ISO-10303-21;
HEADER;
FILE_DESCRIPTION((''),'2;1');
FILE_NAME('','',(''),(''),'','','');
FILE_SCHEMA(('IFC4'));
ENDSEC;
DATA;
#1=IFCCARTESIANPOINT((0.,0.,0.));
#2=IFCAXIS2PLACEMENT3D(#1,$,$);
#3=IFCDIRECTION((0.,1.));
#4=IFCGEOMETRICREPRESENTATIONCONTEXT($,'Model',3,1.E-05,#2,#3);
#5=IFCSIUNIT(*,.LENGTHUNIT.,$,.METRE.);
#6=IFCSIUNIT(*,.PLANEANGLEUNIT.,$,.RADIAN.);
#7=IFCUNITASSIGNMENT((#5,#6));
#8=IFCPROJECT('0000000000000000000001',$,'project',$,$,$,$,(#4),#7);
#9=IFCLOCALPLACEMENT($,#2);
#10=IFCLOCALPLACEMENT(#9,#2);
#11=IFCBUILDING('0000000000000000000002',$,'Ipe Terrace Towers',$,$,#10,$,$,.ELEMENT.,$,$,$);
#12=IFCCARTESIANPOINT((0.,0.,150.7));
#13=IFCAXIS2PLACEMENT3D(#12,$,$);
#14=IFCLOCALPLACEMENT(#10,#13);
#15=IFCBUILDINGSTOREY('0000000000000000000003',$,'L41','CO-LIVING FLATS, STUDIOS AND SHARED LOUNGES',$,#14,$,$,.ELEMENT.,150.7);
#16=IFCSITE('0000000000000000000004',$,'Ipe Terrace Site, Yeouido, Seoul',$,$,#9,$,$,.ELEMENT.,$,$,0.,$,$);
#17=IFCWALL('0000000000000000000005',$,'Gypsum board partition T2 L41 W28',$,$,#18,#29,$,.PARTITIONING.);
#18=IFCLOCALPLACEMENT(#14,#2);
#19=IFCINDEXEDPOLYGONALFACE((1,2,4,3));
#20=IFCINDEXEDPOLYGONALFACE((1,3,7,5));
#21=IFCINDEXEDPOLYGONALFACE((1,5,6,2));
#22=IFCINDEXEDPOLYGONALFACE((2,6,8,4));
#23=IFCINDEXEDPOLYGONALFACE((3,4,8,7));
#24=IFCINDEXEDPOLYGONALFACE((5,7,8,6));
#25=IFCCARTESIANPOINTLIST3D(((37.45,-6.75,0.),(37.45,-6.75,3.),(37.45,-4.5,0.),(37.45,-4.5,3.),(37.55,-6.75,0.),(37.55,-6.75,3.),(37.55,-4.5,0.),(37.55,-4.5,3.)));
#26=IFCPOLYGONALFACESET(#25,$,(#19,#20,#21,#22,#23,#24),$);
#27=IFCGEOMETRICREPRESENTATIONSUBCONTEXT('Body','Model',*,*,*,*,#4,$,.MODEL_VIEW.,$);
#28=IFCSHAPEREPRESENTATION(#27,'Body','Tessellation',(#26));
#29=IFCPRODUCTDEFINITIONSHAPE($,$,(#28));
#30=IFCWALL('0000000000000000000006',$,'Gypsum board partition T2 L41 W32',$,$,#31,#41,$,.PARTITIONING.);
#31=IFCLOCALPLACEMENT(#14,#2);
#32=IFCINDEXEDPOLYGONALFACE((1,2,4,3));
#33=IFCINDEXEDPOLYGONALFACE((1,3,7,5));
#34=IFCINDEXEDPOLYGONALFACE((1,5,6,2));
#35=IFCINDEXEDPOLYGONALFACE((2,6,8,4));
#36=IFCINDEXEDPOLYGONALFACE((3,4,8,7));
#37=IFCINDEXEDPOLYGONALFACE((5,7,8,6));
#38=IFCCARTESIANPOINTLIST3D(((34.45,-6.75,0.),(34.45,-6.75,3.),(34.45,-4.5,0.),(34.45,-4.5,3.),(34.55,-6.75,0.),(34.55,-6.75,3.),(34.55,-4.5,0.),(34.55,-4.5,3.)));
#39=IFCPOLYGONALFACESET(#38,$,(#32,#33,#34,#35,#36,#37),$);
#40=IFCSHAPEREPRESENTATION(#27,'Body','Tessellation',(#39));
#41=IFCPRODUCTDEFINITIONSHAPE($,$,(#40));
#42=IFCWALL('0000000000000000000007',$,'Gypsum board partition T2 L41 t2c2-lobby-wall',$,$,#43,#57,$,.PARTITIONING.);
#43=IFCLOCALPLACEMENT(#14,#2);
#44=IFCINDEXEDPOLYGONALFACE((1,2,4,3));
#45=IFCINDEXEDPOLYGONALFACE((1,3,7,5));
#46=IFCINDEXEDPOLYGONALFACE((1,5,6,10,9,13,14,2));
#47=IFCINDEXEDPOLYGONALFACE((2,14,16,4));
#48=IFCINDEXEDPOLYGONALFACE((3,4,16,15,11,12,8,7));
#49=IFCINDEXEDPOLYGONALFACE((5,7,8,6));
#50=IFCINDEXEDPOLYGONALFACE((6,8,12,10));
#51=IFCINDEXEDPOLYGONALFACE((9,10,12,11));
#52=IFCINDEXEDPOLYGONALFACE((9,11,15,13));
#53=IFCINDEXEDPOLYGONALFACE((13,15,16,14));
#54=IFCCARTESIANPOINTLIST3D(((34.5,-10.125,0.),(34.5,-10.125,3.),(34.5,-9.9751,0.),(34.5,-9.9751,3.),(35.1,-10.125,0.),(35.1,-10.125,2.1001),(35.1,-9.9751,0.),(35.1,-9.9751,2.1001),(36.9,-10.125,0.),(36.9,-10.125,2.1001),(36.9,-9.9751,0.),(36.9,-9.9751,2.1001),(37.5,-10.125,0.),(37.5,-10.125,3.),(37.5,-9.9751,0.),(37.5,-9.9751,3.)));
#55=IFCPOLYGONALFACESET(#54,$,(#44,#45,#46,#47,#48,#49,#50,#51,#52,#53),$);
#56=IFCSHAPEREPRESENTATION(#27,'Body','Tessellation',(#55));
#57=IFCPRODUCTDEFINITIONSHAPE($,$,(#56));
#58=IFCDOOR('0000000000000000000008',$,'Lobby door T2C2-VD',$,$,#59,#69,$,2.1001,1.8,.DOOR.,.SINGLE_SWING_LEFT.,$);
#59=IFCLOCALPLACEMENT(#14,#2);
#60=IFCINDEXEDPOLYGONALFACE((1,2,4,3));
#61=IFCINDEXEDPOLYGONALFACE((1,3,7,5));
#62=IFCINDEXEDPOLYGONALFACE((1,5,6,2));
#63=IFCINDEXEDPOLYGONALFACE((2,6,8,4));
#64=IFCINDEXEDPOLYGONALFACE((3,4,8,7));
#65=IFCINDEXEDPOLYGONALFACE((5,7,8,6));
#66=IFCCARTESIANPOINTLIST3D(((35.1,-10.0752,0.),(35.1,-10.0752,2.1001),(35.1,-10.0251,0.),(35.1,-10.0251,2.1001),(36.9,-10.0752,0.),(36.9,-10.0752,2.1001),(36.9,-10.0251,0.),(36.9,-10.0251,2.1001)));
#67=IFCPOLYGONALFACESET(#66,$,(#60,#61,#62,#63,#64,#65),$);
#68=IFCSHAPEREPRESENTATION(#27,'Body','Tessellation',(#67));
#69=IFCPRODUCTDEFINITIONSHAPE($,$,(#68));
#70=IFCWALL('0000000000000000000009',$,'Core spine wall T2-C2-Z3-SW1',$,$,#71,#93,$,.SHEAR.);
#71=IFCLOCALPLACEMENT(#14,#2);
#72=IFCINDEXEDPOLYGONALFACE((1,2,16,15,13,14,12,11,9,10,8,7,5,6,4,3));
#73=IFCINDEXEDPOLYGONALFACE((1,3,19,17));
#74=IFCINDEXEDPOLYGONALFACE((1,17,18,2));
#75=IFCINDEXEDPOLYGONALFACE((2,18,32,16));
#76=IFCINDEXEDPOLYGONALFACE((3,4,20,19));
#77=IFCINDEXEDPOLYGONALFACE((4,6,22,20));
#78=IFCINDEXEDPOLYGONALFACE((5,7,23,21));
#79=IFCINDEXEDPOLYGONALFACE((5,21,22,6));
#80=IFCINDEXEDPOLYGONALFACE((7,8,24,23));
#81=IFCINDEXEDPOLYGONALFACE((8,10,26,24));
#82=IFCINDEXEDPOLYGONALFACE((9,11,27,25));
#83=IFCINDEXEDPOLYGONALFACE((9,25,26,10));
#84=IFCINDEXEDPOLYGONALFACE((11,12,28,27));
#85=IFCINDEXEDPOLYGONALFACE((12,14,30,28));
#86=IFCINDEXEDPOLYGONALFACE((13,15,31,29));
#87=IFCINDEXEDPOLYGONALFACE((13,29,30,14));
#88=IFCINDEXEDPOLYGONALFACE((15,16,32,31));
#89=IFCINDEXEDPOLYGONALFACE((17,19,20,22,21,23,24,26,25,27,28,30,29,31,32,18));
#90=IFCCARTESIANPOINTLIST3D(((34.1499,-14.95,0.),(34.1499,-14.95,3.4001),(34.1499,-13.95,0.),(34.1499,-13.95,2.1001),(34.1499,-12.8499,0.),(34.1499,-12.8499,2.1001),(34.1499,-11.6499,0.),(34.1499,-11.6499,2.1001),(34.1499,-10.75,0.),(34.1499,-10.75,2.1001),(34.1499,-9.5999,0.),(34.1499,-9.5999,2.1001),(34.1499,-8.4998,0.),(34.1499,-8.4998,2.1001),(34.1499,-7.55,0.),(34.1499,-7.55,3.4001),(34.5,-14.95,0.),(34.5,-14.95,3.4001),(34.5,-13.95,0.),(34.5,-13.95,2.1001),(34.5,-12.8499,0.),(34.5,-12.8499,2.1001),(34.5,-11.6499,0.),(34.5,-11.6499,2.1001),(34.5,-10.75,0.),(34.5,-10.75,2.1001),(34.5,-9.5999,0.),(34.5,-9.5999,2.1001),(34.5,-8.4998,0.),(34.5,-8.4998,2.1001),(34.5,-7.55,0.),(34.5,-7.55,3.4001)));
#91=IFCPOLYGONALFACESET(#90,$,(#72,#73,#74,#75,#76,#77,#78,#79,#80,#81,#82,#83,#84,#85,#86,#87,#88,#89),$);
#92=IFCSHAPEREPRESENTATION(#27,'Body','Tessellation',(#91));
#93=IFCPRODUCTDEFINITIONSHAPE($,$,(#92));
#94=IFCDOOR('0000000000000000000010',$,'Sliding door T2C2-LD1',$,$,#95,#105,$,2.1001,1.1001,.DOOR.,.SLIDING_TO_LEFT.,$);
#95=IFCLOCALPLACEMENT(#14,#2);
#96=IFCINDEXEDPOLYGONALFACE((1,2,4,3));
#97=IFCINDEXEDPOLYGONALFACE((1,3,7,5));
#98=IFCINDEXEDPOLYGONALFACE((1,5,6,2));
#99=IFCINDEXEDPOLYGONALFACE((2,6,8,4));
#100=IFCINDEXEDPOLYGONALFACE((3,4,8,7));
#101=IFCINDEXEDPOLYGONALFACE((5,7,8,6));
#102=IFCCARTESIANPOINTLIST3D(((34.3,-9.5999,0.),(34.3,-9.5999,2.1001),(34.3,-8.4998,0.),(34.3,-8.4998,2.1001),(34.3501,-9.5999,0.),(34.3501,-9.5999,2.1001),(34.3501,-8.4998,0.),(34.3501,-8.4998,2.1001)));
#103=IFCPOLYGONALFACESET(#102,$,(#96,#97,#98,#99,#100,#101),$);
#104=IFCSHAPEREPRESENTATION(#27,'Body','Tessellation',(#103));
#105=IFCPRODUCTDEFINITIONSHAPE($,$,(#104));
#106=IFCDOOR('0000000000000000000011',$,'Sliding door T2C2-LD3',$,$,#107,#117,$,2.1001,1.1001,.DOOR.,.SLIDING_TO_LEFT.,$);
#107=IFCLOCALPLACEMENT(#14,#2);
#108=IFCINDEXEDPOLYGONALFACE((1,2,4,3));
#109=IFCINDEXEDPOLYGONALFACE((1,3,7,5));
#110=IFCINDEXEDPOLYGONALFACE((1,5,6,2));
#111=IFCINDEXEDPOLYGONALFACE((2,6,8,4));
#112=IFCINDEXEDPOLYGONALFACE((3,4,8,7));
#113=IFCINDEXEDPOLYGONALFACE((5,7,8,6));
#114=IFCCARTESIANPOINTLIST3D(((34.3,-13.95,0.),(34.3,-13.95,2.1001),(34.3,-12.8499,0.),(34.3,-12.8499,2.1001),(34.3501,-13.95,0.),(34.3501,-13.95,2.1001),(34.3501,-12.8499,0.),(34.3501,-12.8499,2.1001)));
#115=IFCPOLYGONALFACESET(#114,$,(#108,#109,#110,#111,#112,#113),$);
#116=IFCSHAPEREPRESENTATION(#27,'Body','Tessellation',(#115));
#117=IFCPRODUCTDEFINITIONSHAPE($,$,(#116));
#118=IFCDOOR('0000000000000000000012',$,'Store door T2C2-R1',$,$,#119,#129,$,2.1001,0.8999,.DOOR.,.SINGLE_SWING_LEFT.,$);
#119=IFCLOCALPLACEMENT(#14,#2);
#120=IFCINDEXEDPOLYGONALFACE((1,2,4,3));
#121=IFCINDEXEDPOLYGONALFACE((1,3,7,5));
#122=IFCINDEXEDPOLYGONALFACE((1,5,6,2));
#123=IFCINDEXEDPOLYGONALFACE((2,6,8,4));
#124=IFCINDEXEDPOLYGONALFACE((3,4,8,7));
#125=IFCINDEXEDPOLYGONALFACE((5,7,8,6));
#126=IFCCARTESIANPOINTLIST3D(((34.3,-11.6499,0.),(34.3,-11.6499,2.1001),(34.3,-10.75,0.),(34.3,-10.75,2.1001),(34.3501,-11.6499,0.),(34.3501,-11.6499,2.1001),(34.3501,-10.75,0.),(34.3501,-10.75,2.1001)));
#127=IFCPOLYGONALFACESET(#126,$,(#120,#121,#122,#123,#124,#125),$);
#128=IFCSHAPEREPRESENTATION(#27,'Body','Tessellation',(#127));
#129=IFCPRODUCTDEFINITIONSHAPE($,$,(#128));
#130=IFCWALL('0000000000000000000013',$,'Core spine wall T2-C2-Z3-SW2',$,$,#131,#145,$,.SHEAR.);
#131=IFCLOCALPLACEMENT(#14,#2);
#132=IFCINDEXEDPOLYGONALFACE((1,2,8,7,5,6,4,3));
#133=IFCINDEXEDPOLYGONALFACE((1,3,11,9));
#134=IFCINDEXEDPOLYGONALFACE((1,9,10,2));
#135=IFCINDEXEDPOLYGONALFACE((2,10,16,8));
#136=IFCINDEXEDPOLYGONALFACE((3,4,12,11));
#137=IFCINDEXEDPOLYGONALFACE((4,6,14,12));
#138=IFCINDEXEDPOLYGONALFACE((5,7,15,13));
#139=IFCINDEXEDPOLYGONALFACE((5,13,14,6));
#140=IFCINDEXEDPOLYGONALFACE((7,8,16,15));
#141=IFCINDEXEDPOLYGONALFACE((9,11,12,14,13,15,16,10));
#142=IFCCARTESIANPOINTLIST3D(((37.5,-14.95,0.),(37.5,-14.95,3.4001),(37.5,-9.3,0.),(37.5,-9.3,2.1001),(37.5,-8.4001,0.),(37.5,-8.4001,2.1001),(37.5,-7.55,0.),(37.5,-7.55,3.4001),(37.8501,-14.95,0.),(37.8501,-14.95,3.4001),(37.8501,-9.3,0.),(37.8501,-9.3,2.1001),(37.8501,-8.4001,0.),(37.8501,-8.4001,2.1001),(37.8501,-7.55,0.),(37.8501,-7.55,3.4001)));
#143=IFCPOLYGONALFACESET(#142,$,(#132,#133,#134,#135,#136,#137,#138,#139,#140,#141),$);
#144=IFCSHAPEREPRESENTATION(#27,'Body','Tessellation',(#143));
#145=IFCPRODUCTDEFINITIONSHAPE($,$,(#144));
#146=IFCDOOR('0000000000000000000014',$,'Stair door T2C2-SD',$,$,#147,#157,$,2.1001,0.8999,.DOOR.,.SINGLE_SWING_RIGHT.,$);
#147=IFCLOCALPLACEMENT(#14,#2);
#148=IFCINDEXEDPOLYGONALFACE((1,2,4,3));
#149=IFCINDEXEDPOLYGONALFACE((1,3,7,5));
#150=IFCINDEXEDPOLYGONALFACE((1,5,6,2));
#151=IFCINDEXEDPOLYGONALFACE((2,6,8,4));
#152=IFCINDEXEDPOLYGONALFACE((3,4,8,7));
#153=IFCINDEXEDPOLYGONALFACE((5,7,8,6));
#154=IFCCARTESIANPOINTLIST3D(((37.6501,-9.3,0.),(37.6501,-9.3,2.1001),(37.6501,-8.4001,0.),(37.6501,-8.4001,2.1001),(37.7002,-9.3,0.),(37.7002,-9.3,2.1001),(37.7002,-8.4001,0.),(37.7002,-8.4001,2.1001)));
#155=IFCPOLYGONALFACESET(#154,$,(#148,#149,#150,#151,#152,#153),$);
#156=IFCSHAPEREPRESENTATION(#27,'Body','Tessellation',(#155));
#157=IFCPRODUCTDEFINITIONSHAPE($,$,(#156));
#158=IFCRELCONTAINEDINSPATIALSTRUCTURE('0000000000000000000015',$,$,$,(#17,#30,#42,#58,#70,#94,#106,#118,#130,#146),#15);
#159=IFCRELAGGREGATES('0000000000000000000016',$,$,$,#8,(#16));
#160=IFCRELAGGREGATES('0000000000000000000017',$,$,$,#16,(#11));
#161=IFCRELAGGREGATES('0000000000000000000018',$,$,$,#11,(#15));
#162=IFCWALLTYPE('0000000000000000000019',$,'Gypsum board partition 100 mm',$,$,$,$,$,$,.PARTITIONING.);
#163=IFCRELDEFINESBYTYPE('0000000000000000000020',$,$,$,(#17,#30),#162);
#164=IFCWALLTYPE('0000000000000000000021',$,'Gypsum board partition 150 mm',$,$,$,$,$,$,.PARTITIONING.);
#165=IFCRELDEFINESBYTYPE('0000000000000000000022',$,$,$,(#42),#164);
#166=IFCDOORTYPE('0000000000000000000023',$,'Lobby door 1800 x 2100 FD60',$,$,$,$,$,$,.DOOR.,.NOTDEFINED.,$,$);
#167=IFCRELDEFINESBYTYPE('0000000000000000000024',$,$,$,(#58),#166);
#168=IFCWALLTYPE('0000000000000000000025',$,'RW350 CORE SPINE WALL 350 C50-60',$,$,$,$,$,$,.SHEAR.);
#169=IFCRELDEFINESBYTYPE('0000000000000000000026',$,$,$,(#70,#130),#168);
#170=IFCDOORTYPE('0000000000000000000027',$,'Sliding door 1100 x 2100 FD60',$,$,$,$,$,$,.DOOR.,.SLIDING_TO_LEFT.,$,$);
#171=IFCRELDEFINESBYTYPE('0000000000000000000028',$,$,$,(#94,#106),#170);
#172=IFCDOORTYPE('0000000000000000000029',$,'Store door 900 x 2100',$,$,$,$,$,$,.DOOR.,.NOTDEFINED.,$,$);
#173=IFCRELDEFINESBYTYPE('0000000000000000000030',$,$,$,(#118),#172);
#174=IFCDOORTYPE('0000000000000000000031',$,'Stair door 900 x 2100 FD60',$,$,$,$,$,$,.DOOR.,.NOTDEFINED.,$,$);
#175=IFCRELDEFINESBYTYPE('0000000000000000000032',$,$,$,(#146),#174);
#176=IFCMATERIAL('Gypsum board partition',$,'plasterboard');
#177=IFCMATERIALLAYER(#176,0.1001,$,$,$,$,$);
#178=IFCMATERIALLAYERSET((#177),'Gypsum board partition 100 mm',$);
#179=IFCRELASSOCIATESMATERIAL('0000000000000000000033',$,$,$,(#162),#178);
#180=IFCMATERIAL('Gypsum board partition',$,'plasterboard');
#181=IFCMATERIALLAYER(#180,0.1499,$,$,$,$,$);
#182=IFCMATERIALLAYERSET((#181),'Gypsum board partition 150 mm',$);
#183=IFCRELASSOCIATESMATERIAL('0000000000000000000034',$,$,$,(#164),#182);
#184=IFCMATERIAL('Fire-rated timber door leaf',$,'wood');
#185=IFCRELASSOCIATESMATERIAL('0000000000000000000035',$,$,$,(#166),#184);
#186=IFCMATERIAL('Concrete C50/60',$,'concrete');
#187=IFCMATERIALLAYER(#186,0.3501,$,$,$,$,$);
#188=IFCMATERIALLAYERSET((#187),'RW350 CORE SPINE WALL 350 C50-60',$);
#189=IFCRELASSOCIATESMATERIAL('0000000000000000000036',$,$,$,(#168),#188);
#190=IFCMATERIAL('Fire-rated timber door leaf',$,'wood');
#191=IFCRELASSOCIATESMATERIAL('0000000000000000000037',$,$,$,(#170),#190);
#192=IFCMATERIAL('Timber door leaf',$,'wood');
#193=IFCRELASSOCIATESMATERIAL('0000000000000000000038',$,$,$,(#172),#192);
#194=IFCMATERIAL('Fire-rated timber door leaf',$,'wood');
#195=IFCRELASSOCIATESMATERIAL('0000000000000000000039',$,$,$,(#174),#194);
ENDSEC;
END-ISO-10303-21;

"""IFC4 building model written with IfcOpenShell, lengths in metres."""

from ifc_helpers import new_model, si_unit, direction, frame, frame_2d, origin, place, context, subcontext, project, spatial, rectangle, extrude, material, layer, layer_set, type_object, element, fill, save


model = new_model("IFC4")

# Units and contexts
model_context = context("Model", 3, precision=1e-05, world=origin(), true_north=direction((0.0, 1.0)))
body_context = subcontext(model_context, "Body", "Model", "MODEL_VIEW")
ifc_project = project(units=[si_unit("LENGTHUNIT", "METRE"), si_unit("PLANEANGLEUNIT", "RADIAN")], contexts=[model_context])

# Site, building, storey
site_placement = place(None, origin())
site = spatial("IfcSite", under=ifc_project, at=site_placement, Name="Ipe Terrace Site, Yeouido, Seoul", CompositionType="ELEMENT", RefElevation=0.0)
building_placement = place(site_placement, origin())
building = spatial("IfcBuilding", under=site, at=building_placement, Name="Ipe Terrace Towers", CompositionType="ELEMENT")
storey_placement = place(building_placement, frame((0.0, 0.0, 150.7)))
storey = spatial("IfcBuildingStorey", under=building, at=storey_placement, Name="L41", Description="CO-LIVING FLATS, STUDIOS AND SHARED LOUNGES", CompositionType="ELEMENT", Elevation=150.7)

# Walls
ifc_material_1 = material(Name="Gypsum board partition", Category="plasterboard")
ifc_layer_1 = layer(ifc_material_1, 0.1001)
ifc_layer_set_1 = layer_set([ifc_layer_1], Name="Gypsum board partition 100 mm")
wall_type_1 = type_object("IfcWallType", Name="Gypsum board partition 100 mm", PredefinedType="PARTITIONING", material=ifc_layer_set_1)
for number, where, z_axis, x_axis, name in (
    (1, (37.5, -6.75, 0.0), (0.0, 0.0, 1.0), (0.0, 1.0, 0.0), "Gypsum board partition T2 L41 W28"),
    (2, (34.5, -6.75, 0.0), (0.0, 0.0, 1.0), (0.0, 1.0, 0.0), "Gypsum board partition T2 L41 W32"),
):
    element("IfcWall", number, at=place(storey_placement, frame(where, z_axis=z_axis, x_axis=x_axis)), inside=storey, type_object=wall_type_1, Name=name, PredefinedType="PARTITIONING", context=body_context, shape_type="SweptSolid", body=[
        extrude(rectangle(XDim=2.25, YDim=0.1001, at=frame_2d((1.125, 0.0))), origin(), (0.0, 0.0, 1.0), 3.0),
    ])

# Wall, opening, door
ifc_material_2 = material(Name="Gypsum board partition", Category="plasterboard")
ifc_layer_2 = layer(ifc_material_2, 0.1499)
ifc_layer_set_2 = layer_set([ifc_layer_2], Name="Gypsum board partition 150 mm")
wall_type_2 = type_object("IfcWallType", Name="Gypsum board partition 150 mm", PredefinedType="PARTITIONING", material=ifc_layer_set_2)
wall_1_placement = place(storey_placement, frame((34.5, -10.05, 0.0), z_axis=(0.0, 0.0, 1.0), x_axis=(1.0, 0.0, 0.0)))
wall_1 = element("IfcWall", 3, at=wall_1_placement, inside=storey, type_object=wall_type_2, Name="Gypsum board partition T2 L41 t2c2-lobby-wall", PredefinedType="PARTITIONING", context=body_context, shape_type="SweptSolid", body=[
    extrude(rectangle(XDim=3.0, YDim=0.1499, at=frame_2d((1.5, 0.0))), origin(), (0.0, 0.0, 1.0), 3.0),
])
opening_1_placement = place(wall_1_placement, frame((0.6001, 0.0, 0.0)))
opening_1 = element("IfcOpeningElement", 4, at=opening_1_placement, cuts=wall_1, PredefinedType="OPENING", context=body_context, shape_type="SweptSolid", body=[
    extrude(rectangle(XDim=1.8, YDim=2.1001, at=frame_2d((0.8999, 1.05))), frame((0.0, 0.085, 0.0), z_axis=(0.0, -1.0, 0.0), x_axis=(1.0, 0.0, 0.0)), (0.0, 0.0, 1.0), 0.1699),
])
ifc_material_3 = material(Name="Fire-rated timber door leaf", Category="wood")
door_type_1 = type_object("IfcDoorType", Name="Lobby door 1800 x 2100 FD60", OperationType="NOTDEFINED", PredefinedType="DOOR", material=ifc_material_3)
door_1_placement = place(opening_1_placement, origin())
door_1 = element("IfcDoor", 5, at=door_1_placement, inside=storey, type_object=door_type_1, Name="Lobby door T2C2-VD", OperationType="SINGLE_SWING_LEFT", OverallHeight=2.1001, OverallWidth=1.8, PredefinedType="DOOR", context=body_context, shape_type="SweptSolid", body=[
    extrude(rectangle(XDim=1.8, YDim=2.1001, at=frame_2d((0.8999, 1.05))), frame((0.0, 0.0249, 0.0), z_axis=(0.0, -1.0, 0.0), x_axis=(1.0, 0.0, 0.0)), (0.0, 0.0, 1.0), 0.05),
])
fill(opening_1, door_1)

# Wall, openings, doors
ifc_material_4 = material(Name="Concrete C50/60", Category="concrete")
ifc_layer_3 = layer(ifc_material_4, 0.3501)
ifc_layer_set_3 = layer_set([ifc_layer_3], Name="RW350 CORE SPINE WALL 350 C50-60")
wall_type_3 = type_object("IfcWallType", Name="RW350 CORE SPINE WALL 350 C50-60", PredefinedType="SHEAR", material=ifc_layer_set_3)
wall_2_placement = place(storey_placement, frame((34.325, -14.95, 0.0), z_axis=(0.0, 0.0, 1.0), x_axis=(0.0, 1.0, 0.0)))
wall_2 = element("IfcWall", 6, at=wall_2_placement, inside=storey, type_object=wall_type_3, Name="Core spine wall T2-C2-Z3-SW1", PredefinedType="SHEAR", context=body_context, shape_type="SweptSolid", body=[
    extrude(rectangle(XDim=7.3999, YDim=0.3501, at=frame_2d((3.7, 0.0))), origin(), (0.0, 0.0, 1.0), 3.4001),
])
opening_2_placement = place(wall_2_placement, frame((5.3501, 0.0, 0.0)))
opening_2 = element("IfcOpeningElement", 7, at=opening_2_placement, cuts=wall_2, PredefinedType="OPENING", context=body_context, shape_type="SweptSolid", body=[
    extrude(rectangle(XDim=1.1001, YDim=2.1001, at=frame_2d((0.55, 1.05))), frame((0.0, 0.1851, 0.0), z_axis=(0.0, -1.0, 0.0), x_axis=(1.0, 0.0, 0.0)), (0.0, 0.0, 1.0), 0.3701),
])
opening_3_placement = place(wall_2_placement, frame((1.0, 0.0, 0.0)))
opening_3 = element("IfcOpeningElement", 8, at=opening_3_placement, cuts=wall_2, PredefinedType="OPENING", context=body_context, shape_type="SweptSolid", body=[
    extrude(rectangle(XDim=1.1001, YDim=2.1001, at=frame_2d((0.55, 1.05))), frame((0.0, 0.1851, 0.0), z_axis=(0.0, -1.0, 0.0), x_axis=(1.0, 0.0, 0.0)), (0.0, 0.0, 1.0), 0.3701),
])
opening_4_placement = place(wall_2_placement, frame((3.3, 0.0, 0.0)))
opening_4 = element("IfcOpeningElement", 9, at=opening_4_placement, cuts=wall_2, PredefinedType="OPENING", context=body_context, shape_type="SweptSolid", body=[
    extrude(rectangle(XDim=0.8999, YDim=2.1001, at=frame_2d((0.45, 1.05))), frame((0.0, 0.1851, 0.0), z_axis=(0.0, -1.0, 0.0), x_axis=(1.0, 0.0, 0.0)), (0.0, 0.0, 1.0), 0.3701),
])
ifc_material_5 = material(Name="Fire-rated timber door leaf", Category="wood")
door_type_2 = type_object("IfcDoorType", Name="Sliding door 1100 x 2100 FD60", OperationType="SLIDING_TO_LEFT", PredefinedType="DOOR", material=ifc_material_5)
door_2_placement = place(opening_2_placement, origin())
door_2 = element("IfcDoor", 10, at=door_2_placement, inside=storey, type_object=door_type_2, Name="Sliding door T2C2-LD1", OperationType="SLIDING_TO_LEFT", OverallHeight=2.1001, OverallWidth=1.1001, PredefinedType="DOOR", context=body_context, shape_type="SweptSolid", body=[
    extrude(rectangle(XDim=1.1001, YDim=2.1001, at=frame_2d((0.55, 1.05))), frame((0.0, 0.0249, 0.0), z_axis=(0.0, -1.0, 0.0), x_axis=(1.0, 0.0, 0.0)), (0.0, 0.0, 1.0), 0.05),
])
fill(opening_2, door_2)
door_3_placement = place(opening_3_placement, origin())
door_3 = element("IfcDoor", 11, at=door_3_placement, inside=storey, type_object=door_type_2, Name="Sliding door T2C2-LD3", OperationType="SLIDING_TO_LEFT", OverallHeight=2.1001, OverallWidth=1.1001, PredefinedType="DOOR", context=body_context, shape_type="SweptSolid", body=[
    extrude(rectangle(XDim=1.1001, YDim=2.1001, at=frame_2d((0.55, 1.05))), frame((0.0, 0.0249, 0.0), z_axis=(0.0, -1.0, 0.0), x_axis=(1.0, 0.0, 0.0)), (0.0, 0.0, 1.0), 0.05),
])
fill(opening_3, door_3)
ifc_material_6 = material(Name="Timber door leaf", Category="wood")
door_type_3 = type_object("IfcDoorType", Name="Store door 900 x 2100", OperationType="NOTDEFINED", PredefinedType="DOOR", material=ifc_material_6)
door_4_placement = place(opening_4_placement, origin())
door_4 = element("IfcDoor", 12, at=door_4_placement, inside=storey, type_object=door_type_3, Name="Store door T2C2-R1", OperationType="SINGLE_SWING_LEFT", OverallHeight=2.1001, OverallWidth=0.8999, PredefinedType="DOOR", context=body_context, shape_type="SweptSolid", body=[
    extrude(rectangle(XDim=0.8999, YDim=2.1001, at=frame_2d((0.45, 1.05))), frame((0.0, 0.0249, 0.0), z_axis=(0.0, -1.0, 0.0), x_axis=(1.0, 0.0, 0.0)), (0.0, 0.0, 1.0), 0.05),
])
fill(opening_4, door_4)

# Wall, opening, door
wall_3_placement = place(storey_placement, frame((37.675, -14.95, 0.0), z_axis=(0.0, 0.0, 1.0), x_axis=(0.0, 1.0, 0.0)))
wall_3 = element("IfcWall", 13, at=wall_3_placement, inside=storey, type_object=wall_type_3, Name="Core spine wall T2-C2-Z3-SW2", PredefinedType="SHEAR", context=body_context, shape_type="SweptSolid", body=[
    extrude(rectangle(XDim=7.3999, YDim=0.3501, at=frame_2d((3.7, 0.0))), origin(), (0.0, 0.0, 1.0), 3.4001),
])
opening_5_placement = place(wall_3_placement, frame((5.6499, 0.0, 0.0)))
opening_5 = element("IfcOpeningElement", 14, at=opening_5_placement, cuts=wall_3, PredefinedType="OPENING", context=body_context, shape_type="SweptSolid", body=[
    extrude(rectangle(XDim=0.8999, YDim=2.1001, at=frame_2d((0.45, 1.05))), frame((0.0, 0.1851, 0.0), z_axis=(0.0, -1.0, 0.0), x_axis=(1.0, 0.0, 0.0)), (0.0, 0.0, 1.0), 0.3701),
])
ifc_material_7 = material(Name="Fire-rated timber door leaf", Category="wood")
door_type_4 = type_object("IfcDoorType", Name="Stair door 900 x 2100 FD60", OperationType="NOTDEFINED", PredefinedType="DOOR", material=ifc_material_7)
door_5_placement = place(opening_5_placement, origin())
door_5 = element("IfcDoor", 15, at=door_5_placement, inside=storey, type_object=door_type_4, Name="Stair door T2C2-SD", OperationType="SINGLE_SWING_RIGHT", OverallHeight=2.1001, OverallWidth=0.8999, PredefinedType="DOOR", context=body_context, shape_type="SweptSolid", body=[
    extrude(rectangle(XDim=0.8999, YDim=2.1001, at=frame_2d((0.45, 1.05))), frame((0.0, 0.0249, 0.0), z_axis=(0.0, -1.0, 0.0), x_axis=(1.0, 0.0, 0.0)), (0.0, 0.0, 1.0), 0.05),
])
fill(opening_5, door_5)

save(model, "model.ifc")
